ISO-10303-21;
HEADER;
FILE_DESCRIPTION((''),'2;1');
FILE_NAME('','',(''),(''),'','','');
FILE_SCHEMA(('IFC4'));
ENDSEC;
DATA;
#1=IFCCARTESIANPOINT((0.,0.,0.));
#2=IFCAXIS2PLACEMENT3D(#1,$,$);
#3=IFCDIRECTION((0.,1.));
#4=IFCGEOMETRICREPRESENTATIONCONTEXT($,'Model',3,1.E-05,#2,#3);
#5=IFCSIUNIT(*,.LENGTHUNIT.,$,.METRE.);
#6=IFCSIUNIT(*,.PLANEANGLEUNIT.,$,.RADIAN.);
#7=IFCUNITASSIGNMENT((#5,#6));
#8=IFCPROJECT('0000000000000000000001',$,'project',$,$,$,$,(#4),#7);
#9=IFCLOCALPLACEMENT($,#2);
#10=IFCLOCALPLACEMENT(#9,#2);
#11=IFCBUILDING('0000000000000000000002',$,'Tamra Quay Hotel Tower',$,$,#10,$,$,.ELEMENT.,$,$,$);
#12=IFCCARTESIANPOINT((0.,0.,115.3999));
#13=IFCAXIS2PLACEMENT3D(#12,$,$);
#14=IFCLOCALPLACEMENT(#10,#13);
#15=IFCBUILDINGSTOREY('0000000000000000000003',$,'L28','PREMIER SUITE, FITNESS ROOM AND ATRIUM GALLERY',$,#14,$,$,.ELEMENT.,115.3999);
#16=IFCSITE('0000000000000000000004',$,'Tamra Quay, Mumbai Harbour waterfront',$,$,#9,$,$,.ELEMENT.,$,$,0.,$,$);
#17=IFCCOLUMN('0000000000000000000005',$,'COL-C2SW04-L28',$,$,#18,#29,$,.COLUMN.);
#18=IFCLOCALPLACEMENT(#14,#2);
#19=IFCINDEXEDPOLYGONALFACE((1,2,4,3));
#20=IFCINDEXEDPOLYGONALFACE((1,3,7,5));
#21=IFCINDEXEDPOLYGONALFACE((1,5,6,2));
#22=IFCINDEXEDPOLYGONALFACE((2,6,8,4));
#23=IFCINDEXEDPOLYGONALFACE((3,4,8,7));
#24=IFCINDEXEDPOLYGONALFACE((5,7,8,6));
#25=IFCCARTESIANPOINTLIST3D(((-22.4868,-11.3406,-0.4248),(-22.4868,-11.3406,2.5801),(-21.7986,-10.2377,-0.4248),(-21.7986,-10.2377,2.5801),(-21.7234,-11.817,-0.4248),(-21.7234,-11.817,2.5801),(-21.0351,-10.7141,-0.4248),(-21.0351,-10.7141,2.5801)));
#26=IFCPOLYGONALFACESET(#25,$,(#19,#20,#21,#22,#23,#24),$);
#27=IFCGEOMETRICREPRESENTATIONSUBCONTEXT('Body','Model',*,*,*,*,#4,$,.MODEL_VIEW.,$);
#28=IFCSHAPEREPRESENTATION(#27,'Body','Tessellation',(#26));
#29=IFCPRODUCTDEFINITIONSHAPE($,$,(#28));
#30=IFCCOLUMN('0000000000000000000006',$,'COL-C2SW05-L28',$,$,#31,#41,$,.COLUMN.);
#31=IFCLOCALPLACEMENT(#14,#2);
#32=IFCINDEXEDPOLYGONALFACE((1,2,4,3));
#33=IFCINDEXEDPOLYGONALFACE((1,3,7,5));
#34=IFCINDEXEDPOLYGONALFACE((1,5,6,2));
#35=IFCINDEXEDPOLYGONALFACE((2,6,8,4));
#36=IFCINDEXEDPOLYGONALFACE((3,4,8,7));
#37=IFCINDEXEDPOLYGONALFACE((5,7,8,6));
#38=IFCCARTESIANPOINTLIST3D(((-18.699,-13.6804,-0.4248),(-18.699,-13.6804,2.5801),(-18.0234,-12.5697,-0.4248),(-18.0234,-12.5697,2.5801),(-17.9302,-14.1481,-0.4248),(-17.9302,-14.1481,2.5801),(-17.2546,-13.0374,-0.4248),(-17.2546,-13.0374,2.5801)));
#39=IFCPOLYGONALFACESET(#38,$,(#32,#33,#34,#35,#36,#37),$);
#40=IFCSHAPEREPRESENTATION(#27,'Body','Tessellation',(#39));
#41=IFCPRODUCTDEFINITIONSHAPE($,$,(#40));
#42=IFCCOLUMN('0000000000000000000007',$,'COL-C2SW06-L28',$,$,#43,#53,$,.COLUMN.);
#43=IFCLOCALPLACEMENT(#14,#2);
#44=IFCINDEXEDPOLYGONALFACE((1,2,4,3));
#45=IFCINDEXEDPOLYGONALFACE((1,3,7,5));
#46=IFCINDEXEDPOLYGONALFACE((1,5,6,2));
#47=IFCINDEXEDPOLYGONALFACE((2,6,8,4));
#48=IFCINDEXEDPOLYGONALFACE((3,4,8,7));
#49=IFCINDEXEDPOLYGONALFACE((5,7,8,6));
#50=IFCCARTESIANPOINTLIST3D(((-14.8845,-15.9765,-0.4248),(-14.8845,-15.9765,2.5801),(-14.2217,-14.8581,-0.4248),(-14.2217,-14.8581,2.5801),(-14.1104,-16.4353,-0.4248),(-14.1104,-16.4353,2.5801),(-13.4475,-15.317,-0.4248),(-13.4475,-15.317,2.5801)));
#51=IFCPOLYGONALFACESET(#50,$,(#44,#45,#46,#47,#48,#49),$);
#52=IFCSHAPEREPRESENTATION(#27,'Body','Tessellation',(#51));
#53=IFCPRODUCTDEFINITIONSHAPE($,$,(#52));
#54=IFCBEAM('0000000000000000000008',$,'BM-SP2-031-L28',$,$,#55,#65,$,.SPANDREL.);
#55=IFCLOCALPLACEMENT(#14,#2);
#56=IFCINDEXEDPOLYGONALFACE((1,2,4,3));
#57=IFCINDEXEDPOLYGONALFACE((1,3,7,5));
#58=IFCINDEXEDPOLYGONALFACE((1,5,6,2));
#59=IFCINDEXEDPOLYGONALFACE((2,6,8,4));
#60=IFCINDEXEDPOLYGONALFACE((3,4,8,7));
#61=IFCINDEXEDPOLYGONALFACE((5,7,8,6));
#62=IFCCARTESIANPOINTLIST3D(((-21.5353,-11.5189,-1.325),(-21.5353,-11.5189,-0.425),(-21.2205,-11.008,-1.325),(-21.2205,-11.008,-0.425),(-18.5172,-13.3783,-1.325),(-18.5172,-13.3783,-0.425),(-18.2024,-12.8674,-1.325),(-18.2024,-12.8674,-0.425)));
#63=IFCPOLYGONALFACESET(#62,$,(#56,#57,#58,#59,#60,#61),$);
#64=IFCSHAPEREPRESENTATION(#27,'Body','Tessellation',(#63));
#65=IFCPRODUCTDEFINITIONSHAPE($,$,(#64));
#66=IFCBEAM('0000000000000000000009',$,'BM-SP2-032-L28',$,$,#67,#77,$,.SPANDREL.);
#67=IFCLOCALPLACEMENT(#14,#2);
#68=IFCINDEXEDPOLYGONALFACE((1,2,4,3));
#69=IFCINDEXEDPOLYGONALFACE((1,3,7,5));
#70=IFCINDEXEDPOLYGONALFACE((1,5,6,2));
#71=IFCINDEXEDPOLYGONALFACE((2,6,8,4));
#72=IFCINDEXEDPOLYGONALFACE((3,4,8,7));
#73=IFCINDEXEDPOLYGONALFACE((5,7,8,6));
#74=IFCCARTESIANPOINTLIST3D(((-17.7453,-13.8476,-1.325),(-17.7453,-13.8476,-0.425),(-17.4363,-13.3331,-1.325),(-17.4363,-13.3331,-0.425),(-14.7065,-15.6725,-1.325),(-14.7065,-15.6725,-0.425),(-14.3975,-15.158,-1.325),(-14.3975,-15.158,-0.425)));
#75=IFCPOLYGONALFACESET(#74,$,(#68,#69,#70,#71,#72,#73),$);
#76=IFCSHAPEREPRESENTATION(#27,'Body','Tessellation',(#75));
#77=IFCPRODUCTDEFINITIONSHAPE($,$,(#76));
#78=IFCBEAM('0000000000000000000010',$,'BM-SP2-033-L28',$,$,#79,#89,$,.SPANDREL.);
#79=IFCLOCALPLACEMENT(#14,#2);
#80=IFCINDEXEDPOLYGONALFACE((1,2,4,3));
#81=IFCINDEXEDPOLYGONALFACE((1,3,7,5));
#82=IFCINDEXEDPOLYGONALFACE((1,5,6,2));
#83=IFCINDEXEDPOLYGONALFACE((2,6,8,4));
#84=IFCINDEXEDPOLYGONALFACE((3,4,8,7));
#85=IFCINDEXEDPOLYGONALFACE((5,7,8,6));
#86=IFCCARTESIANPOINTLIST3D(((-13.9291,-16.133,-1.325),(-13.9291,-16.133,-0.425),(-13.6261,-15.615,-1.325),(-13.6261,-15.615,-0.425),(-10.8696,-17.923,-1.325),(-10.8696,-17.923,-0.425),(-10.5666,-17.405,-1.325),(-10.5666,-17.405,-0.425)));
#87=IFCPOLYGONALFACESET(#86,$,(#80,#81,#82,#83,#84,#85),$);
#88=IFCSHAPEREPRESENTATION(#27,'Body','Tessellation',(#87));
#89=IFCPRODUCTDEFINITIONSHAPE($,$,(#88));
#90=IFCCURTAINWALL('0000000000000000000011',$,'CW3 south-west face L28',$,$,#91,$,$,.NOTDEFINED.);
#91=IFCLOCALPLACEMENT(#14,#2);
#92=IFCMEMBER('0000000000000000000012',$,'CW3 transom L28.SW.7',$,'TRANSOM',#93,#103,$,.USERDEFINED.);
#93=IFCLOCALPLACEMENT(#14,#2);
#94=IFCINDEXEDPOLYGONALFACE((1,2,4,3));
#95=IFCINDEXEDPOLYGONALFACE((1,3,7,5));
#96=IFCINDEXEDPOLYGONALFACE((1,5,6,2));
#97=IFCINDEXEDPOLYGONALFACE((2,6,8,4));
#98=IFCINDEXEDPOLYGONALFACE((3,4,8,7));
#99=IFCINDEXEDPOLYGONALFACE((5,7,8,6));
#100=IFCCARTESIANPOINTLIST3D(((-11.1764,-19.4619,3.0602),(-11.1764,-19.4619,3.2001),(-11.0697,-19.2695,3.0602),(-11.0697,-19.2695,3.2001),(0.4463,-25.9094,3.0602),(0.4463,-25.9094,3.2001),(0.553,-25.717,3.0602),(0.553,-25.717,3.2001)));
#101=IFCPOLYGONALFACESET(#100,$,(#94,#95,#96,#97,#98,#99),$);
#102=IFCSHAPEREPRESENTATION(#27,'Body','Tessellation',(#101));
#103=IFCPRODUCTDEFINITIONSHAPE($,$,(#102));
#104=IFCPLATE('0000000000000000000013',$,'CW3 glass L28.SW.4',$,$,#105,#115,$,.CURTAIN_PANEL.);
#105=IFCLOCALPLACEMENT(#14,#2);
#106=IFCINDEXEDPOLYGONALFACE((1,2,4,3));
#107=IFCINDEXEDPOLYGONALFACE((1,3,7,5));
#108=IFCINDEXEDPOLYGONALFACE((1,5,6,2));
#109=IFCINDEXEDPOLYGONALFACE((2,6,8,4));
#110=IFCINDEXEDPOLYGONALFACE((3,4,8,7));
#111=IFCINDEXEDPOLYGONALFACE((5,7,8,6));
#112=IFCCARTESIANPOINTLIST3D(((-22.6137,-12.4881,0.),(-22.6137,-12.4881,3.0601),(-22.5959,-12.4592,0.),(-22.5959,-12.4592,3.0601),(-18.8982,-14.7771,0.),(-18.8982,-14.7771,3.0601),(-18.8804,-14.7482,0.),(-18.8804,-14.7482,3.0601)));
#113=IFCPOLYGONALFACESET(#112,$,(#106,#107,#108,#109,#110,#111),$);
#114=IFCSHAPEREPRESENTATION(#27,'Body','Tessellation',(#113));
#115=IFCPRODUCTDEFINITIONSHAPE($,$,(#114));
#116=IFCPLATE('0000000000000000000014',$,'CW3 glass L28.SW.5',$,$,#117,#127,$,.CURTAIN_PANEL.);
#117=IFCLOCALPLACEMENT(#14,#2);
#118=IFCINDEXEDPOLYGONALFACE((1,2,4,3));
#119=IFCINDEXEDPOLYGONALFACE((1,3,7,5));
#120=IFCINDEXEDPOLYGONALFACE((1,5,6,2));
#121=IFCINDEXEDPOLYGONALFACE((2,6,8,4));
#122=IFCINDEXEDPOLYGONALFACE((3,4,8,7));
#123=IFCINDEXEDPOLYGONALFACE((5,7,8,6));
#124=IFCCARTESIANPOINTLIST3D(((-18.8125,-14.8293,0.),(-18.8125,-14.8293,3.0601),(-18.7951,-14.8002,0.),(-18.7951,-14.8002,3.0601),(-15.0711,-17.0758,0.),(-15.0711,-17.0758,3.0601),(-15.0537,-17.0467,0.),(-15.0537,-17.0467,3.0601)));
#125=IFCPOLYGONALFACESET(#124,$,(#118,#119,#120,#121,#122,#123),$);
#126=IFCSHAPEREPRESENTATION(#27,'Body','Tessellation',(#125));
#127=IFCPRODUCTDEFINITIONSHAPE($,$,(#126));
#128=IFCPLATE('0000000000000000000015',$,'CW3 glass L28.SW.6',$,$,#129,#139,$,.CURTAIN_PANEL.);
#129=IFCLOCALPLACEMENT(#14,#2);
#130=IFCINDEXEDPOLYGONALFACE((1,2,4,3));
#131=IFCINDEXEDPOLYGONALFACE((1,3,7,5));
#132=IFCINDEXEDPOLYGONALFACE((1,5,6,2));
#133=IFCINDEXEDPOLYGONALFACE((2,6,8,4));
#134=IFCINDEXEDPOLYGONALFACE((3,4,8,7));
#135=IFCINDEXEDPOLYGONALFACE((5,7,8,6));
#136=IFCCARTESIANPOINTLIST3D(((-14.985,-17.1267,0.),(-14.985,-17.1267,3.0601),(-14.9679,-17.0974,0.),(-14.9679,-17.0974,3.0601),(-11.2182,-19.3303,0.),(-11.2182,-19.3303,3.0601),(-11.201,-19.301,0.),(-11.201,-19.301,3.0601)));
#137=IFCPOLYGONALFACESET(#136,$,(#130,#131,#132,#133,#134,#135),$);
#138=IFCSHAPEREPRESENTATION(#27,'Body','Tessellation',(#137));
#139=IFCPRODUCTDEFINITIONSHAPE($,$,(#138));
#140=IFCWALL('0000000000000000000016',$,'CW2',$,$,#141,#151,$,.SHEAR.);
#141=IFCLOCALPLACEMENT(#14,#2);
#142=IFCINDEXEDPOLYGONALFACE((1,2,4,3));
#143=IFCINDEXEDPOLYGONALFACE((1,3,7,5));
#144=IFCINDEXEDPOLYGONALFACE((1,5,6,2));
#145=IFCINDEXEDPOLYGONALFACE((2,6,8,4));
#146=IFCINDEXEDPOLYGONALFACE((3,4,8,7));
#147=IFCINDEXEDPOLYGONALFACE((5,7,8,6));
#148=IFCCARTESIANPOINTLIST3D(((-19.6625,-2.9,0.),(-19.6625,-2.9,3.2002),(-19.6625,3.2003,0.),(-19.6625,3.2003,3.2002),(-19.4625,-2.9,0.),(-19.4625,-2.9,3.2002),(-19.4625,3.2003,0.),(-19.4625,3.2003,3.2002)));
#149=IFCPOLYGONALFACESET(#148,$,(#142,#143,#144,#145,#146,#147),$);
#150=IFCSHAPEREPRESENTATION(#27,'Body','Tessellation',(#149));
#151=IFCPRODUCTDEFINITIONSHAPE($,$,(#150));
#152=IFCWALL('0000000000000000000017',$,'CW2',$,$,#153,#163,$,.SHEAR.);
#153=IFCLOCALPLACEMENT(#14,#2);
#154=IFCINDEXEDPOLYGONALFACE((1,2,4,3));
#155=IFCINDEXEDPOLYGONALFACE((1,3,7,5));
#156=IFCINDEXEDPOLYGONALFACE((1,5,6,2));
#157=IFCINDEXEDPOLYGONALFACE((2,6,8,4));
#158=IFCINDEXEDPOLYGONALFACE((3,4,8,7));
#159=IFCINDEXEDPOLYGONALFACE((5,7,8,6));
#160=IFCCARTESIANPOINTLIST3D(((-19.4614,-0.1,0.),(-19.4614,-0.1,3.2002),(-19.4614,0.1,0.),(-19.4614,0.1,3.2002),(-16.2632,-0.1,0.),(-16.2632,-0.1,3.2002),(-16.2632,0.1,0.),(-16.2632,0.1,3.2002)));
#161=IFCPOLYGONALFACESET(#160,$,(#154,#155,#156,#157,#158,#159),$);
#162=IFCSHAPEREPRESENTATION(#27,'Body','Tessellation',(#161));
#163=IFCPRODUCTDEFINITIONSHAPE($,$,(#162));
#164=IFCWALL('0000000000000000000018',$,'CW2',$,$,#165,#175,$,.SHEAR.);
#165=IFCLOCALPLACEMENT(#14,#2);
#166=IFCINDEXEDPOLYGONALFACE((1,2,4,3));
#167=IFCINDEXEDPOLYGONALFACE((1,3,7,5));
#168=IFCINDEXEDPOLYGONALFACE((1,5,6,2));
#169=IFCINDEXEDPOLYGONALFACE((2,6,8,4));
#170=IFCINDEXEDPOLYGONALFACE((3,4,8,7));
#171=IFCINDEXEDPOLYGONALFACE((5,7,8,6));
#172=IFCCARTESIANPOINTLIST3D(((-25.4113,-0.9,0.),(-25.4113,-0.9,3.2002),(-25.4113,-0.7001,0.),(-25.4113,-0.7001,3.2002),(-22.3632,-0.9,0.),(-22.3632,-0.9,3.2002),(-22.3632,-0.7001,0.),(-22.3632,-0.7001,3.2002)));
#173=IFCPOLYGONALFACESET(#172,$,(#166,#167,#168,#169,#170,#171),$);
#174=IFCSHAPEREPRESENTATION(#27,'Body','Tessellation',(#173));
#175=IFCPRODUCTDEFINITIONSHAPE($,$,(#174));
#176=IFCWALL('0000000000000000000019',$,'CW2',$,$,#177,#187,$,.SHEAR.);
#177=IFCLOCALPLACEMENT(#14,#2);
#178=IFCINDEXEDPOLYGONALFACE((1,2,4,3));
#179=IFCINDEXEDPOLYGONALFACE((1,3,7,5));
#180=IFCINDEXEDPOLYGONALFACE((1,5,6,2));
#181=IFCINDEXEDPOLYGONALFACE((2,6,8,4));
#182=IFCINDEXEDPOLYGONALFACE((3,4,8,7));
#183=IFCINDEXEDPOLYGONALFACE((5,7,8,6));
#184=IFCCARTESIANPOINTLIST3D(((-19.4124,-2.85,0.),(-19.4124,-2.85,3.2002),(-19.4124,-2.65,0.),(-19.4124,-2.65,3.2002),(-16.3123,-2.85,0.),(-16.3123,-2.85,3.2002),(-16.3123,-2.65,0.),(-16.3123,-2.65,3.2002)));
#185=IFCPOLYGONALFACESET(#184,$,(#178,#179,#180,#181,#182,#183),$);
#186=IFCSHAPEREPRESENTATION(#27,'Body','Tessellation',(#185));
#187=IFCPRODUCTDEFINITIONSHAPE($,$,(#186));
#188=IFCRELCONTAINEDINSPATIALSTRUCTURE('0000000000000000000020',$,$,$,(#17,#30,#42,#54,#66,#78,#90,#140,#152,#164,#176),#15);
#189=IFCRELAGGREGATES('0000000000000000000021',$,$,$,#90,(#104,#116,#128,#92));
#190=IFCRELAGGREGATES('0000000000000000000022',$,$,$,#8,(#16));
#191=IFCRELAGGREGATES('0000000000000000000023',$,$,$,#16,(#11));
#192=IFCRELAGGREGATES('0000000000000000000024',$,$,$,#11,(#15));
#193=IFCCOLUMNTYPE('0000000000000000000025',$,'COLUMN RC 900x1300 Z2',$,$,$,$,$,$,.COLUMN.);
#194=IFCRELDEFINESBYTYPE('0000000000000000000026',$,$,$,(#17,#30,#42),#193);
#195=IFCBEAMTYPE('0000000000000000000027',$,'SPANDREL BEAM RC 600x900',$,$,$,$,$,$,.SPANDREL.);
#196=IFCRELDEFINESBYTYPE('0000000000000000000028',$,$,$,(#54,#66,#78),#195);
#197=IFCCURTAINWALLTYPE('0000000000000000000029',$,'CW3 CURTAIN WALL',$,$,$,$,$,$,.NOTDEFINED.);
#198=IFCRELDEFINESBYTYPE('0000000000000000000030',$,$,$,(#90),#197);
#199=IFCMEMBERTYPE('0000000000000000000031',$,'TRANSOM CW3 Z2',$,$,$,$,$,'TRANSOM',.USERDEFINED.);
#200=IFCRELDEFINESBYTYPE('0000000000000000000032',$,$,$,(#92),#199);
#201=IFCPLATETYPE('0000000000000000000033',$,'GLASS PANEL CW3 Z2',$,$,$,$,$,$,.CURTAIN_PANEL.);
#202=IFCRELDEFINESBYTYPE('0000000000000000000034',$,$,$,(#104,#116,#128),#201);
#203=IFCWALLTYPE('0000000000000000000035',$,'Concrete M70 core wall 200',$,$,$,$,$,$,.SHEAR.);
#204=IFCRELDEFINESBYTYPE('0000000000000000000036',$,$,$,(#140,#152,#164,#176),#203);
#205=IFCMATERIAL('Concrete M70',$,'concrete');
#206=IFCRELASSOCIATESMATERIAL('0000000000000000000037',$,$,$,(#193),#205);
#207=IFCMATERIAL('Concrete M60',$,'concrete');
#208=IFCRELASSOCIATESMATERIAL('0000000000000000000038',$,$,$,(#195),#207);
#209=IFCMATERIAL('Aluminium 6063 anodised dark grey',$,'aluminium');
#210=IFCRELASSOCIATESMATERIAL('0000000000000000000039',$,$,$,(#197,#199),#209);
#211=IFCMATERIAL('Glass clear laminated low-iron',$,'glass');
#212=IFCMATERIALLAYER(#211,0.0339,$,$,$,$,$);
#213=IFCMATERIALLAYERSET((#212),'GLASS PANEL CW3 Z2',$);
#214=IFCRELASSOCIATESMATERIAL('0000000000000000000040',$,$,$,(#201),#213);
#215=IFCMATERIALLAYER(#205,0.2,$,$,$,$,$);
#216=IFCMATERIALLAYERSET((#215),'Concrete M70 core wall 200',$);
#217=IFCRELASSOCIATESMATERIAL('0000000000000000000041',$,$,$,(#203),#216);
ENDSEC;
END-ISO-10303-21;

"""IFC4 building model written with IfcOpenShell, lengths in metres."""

from ifc_helpers import new_model, si_unit, direction, frame, frame_2d, origin, origin_2d, place, context, subcontext, project, spatial, rectangle, extrude, material, layer, layer_set, material_profile, profile_set, type_object, element, aggregate, save


model = new_model("IFC4")

# Units and contexts
model_context = context("Model", 3, precision=1e-05, world=origin(), true_north=direction((0.0, 1.0)))
body_context = subcontext(model_context, "Body", "Model", "MODEL_VIEW")
ifc_project = project(units=[si_unit("LENGTHUNIT", "METRE"), si_unit("PLANEANGLEUNIT", "RADIAN")], contexts=[model_context])

# Site, building, storey
site_placement = place(None, origin())
site = spatial("IfcSite", under=ifc_project, at=site_placement, Name="Tamra Quay, Mumbai Harbour waterfront", CompositionType="ELEMENT", RefElevation=0.0)
building_placement = place(site_placement, origin())
building = spatial("IfcBuilding", under=site, at=building_placement, Name="Tamra Quay Hotel Tower", CompositionType="ELEMENT")
storey_placement = place(building_placement, frame((0.0, 0.0, 115.3999)))
storey = spatial("IfcBuildingStorey", under=building, at=storey_placement, Name="L28", Description="PREMIER SUITE, FITNESS ROOM AND ATRIUM GALLERY", CompositionType="ELEMENT", Elevation=115.3999)

# Columns
ifc_material_1 = material(Name="Concrete M70", Category="concrete")
ifc_material_profile_1 = material_profile(ifc_material_1, rectangle(XDim=1.3, YDim=0.8999, at=origin_2d()), Name="COLUMN RC 900x1300 Z2")
ifc_profile_set_1 = profile_set([ifc_material_profile_1], Name="Concrete M70")
column_type = type_object("IfcColumnType", Name="COLUMN RC 900x1300 Z2", PredefinedType="COLUMN", material=ifc_profile_set_1)
for number, where, z_axis, x_axis, name in (
    (1, (-21.761, -11.0273, -0.4248), (0.0, 0.0, 1.0), (0.52941, 0.848366, 0.0), "COL-C2SW04-L28"),
    (2, (-17.9768, -13.3589, -0.4248), (0.0, 0.0, 1.0), (0.519679, 0.854362, 0.0), "COL-C2SW05-L28"),
    (3, (-14.166, -15.6467, -0.4248), (0.0, 0.0, 1.0), (0.509873, 0.860249, 0.0), "COL-C2SW06-L28"),
):
    element("IfcColumn", number, at=place(storey_placement, frame(where, z_axis=z_axis, x_axis=x_axis)), inside=storey, type_object=column_type, Name=name, PredefinedType="COLUMN", context=body_context, shape_type="SweptSolid", body=[
        extrude(rectangle(XDim=1.3, YDim=0.8999, at=origin_2d()), origin(), (0.0, 0.0, 1.0), 3.0049),
    ])

# Beams
ifc_material_2 = material(Name="Concrete M60", Category="concrete")
ifc_material_profile_2 = material_profile(ifc_material_2, rectangle(XDim=0.6001, YDim=0.8999, at=origin_2d()), Name="SPANDREL BEAM RC 600x900")
ifc_profile_set_2 = profile_set([ifc_material_profile_2], Name="Concrete M60")
beam_type = type_object("IfcBeamType", Name="SPANDREL BEAM RC 600x900", PredefinedType="SPANDREL", material=ifc_profile_set_2)
beam_placement = place(storey_placement, frame((-21.3779, -11.2634, -0.875), z_axis=(0.851393, -0.524528, 0.0), x_axis=(0.524528, 0.851393, 0.0)))
element("IfcBeam", 4, at=beam_placement, inside=storey, type_object=beam_type, Name="BM-SP2-031-L28", PredefinedType="SPANDREL", context=body_context, shape_type="SweptSolid", body=[
    extrude(rectangle(XDim=0.6001, YDim=0.8999, at=origin_2d()), origin(), (0.0, 0.0, 1.0), 3.5449),
])
for number, where, z_axis, x_axis, name in (
    (5, (-17.5908, -13.5903, -0.875), (0.857286, -0.51484, 0.0), (0.51484, 0.857286, 0.0), "BM-SP2-032-L28"),
    (6, (-13.7776, -15.874, -0.875), (0.863129, -0.504984, 0.0), (0.504984, 0.863129, 0.0), "BM-SP2-033-L28"),
):
    element("IfcBeam", number, at=place(storey_placement, frame(where, z_axis=z_axis, x_axis=x_axis)), inside=storey, type_object=beam_type, Name=name, PredefinedType="SPANDREL", context=body_context, shape_type="SweptSolid", body=[
        extrude(rectangle(XDim=0.6001, YDim=0.8999, at=origin_2d()), origin(), (0.0, 0.0, 1.0), 3.5447),
    ])

# Curtain wall, member, plates
ifc_material_3 = material(Name="Aluminium 6063 anodised dark grey", Category="aluminium")
curtain_wall_type = type_object("IfcCurtainWallType", Name="CW3 CURTAIN WALL", PredefinedType="NOTDEFINED", material=ifc_material_3)
curtain_wall_placement = place(storey_placement, origin())
curtain_wall = element("IfcCurtainWall", 7, at=curtain_wall_placement, inside=storey, type_object=curtain_wall_type, Name="CW3 south-west face L28", PredefinedType="NOTDEFINED")
ifc_material_profile_3 = material_profile(ifc_material_3, rectangle(XDim=0.22, YDim=0.1399, at=origin_2d()), Name="TRANSOM 220X140")
ifc_profile_set_3 = profile_set([ifc_material_profile_3], Name="Aluminium 6063 anodised dark grey")
member_type = type_object("IfcMemberType", Name="TRANSOM CW3 Z2", ElementType="TRANSOM", PredefinedType="USERDEFINED", material=ifc_profile_set_3)
member_placement = place(storey_placement, frame((-11.123, -19.3657, 3.1301), z_axis=(0.874464, -0.485091, 0.0), x_axis=(0.485091, 0.874464, 0.0)))
member = element("IfcMember", 8, at=member_placement, type_object=member_type, Name="CW3 transom L28.SW.7", ObjectType="TRANSOM", PredefinedType="USERDEFINED", context=body_context, shape_type="SweptSolid", body=[
    extrude(rectangle(XDim=0.22, YDim=0.1399, at=origin_2d()), origin(), (0.0, 0.0, 1.0), 13.2913),
])
ifc_material_4 = material(Name="Glass clear laminated low-iron", Category="glass")
ifc_layer_1 = layer(ifc_material_4, 0.0339)
ifc_layer_set_1 = layer_set([ifc_layer_1], Name="GLASS PANEL CW3 Z2")
plate_type = type_object("IfcPlateType", Name="GLASS PANEL CW3 Z2", PredefinedType="CURTAIN_PANEL", material=ifc_layer_set_1)
plate_1_placement = place(storey_placement, frame((-20.7471, -13.6182, 0.0), z_axis=(0.0, 0.0, 1.0), x_axis=(0.851399, -0.524518, 0.0)))
plate_1 = element("IfcPlate", 9, at=plate_1_placement, type_object=plate_type, Name="CW3 glass L28.SW.4", PredefinedType="CURTAIN_PANEL", context=body_context, shape_type="SweptSolid", body=[
    extrude(rectangle(XDim=4.364, YDim=0.0339, at=origin_2d()), origin(), (0.0, 0.0, 1.0), 3.0601),
])
plate_2_placement = place(storey_placement, frame((-16.9331, -15.938, 0.0), z_axis=(0.0, 0.0, 1.0), x_axis=(0.857331, -0.514765, 0.0)))
plate_2 = element("IfcPlate", 10, at=plate_2_placement, type_object=plate_type, Name="CW3 glass L28.SW.5", PredefinedType="CURTAIN_PANEL", context=body_context, shape_type="SweptSolid", body=[
    extrude(rectangle(XDim=4.364, YDim=0.0339, at=origin_2d()), origin(), (0.0, 0.0, 1.0), 3.0601),
])
plate_3_placement = place(storey_placement, frame((-13.093, -18.2139, 0.0), z_axis=(0.0, 0.0, 1.0), x_axis=(0.863155, -0.504939, 0.0)))
plate_3 = element("IfcPlate", 11, at=plate_3_placement, type_object=plate_type, Name="CW3 glass L28.SW.6", PredefinedType="CURTAIN_PANEL", context=body_context, shape_type="SweptSolid", body=[
    extrude(rectangle(XDim=4.364, YDim=0.0339, at=origin_2d()), origin(), (0.0, 0.0, 1.0), 3.0601),
])
aggregate(curtain_wall, [plate_1, plate_2, plate_3, member])

# Walls
ifc_layer_2 = layer(ifc_material_1, 0.2)
ifc_layer_set_2 = layer_set([ifc_layer_2], Name="Concrete M70 core wall 200")
wall_type_1 = type_object("IfcWallType", Name="Concrete M70 core wall 200", PredefinedType="SHEAR", material=ifc_layer_set_2)
wall_1_placement = place(storey_placement, frame((-19.5625, -2.9001, 0.0), z_axis=(0.0, 0.0, 1.0), x_axis=(0.0, 1.0, 0.0)))
element("IfcWall", 12, at=wall_1_placement, inside=storey, type_object=wall_type_1, Name="CW2", PredefinedType="SHEAR", context=body_context, shape_type="SweptSolid", body=[
    extrude(rectangle(XDim=6.1003, YDim=0.2, at=frame_2d((3.0503, 0.0))), origin(), (0.0, 0.0, 1.0), 3.2002),
])
wall_2_placement = place(storey_placement, frame((-16.2632, 0.0, 0.0), z_axis=(0.0, 0.0, 1.0), x_axis=(-1.0, 0.0, 0.0)))
element("IfcWall", 13, at=wall_2_placement, inside=storey, type_object=wall_type_1, Name="CW2", PredefinedType="SHEAR", context=body_context, shape_type="SweptSolid", body=[
    extrude(rectangle(XDim=3.1982, YDim=0.2, at=frame_2d((1.5991, 0.0))), origin(), (0.0, 0.0, 1.0), 3.2002),
])
wall_3_placement = place(storey_placement, frame((-22.3633, -0.8, 0.0), z_axis=(0.0, 0.0, 1.0), x_axis=(-1.0, 0.0, 0.0)))
element("IfcWall", 14, at=wall_3_placement, inside=storey, type_object=wall_type_1, Name="CW2", PredefinedType="SHEAR", context=body_context, shape_type="SweptSolid", body=[
    extrude(rectangle(XDim=3.0481, YDim=0.2, at=frame_2d((1.5239, 0.0))), origin(), (0.0, 0.0, 1.0), 3.2002),
])
wall_4_placement = place(storey_placement, frame((-19.4124, -2.75, 0.0), z_axis=(0.0, 0.0, 1.0), x_axis=(1.0, 0.0, 0.0)))
element("IfcWall", 15, at=wall_4_placement, inside=storey, type_object=wall_type_1, Name="CW2", PredefinedType="SHEAR", context=body_context, shape_type="SweptSolid", body=[
    extrude(rectangle(XDim=3.1001, YDim=0.2, at=frame_2d((1.55, 0.0))), origin(), (0.0, 0.0, 1.0), 3.2002),
])

save(model, "model.ifc")
